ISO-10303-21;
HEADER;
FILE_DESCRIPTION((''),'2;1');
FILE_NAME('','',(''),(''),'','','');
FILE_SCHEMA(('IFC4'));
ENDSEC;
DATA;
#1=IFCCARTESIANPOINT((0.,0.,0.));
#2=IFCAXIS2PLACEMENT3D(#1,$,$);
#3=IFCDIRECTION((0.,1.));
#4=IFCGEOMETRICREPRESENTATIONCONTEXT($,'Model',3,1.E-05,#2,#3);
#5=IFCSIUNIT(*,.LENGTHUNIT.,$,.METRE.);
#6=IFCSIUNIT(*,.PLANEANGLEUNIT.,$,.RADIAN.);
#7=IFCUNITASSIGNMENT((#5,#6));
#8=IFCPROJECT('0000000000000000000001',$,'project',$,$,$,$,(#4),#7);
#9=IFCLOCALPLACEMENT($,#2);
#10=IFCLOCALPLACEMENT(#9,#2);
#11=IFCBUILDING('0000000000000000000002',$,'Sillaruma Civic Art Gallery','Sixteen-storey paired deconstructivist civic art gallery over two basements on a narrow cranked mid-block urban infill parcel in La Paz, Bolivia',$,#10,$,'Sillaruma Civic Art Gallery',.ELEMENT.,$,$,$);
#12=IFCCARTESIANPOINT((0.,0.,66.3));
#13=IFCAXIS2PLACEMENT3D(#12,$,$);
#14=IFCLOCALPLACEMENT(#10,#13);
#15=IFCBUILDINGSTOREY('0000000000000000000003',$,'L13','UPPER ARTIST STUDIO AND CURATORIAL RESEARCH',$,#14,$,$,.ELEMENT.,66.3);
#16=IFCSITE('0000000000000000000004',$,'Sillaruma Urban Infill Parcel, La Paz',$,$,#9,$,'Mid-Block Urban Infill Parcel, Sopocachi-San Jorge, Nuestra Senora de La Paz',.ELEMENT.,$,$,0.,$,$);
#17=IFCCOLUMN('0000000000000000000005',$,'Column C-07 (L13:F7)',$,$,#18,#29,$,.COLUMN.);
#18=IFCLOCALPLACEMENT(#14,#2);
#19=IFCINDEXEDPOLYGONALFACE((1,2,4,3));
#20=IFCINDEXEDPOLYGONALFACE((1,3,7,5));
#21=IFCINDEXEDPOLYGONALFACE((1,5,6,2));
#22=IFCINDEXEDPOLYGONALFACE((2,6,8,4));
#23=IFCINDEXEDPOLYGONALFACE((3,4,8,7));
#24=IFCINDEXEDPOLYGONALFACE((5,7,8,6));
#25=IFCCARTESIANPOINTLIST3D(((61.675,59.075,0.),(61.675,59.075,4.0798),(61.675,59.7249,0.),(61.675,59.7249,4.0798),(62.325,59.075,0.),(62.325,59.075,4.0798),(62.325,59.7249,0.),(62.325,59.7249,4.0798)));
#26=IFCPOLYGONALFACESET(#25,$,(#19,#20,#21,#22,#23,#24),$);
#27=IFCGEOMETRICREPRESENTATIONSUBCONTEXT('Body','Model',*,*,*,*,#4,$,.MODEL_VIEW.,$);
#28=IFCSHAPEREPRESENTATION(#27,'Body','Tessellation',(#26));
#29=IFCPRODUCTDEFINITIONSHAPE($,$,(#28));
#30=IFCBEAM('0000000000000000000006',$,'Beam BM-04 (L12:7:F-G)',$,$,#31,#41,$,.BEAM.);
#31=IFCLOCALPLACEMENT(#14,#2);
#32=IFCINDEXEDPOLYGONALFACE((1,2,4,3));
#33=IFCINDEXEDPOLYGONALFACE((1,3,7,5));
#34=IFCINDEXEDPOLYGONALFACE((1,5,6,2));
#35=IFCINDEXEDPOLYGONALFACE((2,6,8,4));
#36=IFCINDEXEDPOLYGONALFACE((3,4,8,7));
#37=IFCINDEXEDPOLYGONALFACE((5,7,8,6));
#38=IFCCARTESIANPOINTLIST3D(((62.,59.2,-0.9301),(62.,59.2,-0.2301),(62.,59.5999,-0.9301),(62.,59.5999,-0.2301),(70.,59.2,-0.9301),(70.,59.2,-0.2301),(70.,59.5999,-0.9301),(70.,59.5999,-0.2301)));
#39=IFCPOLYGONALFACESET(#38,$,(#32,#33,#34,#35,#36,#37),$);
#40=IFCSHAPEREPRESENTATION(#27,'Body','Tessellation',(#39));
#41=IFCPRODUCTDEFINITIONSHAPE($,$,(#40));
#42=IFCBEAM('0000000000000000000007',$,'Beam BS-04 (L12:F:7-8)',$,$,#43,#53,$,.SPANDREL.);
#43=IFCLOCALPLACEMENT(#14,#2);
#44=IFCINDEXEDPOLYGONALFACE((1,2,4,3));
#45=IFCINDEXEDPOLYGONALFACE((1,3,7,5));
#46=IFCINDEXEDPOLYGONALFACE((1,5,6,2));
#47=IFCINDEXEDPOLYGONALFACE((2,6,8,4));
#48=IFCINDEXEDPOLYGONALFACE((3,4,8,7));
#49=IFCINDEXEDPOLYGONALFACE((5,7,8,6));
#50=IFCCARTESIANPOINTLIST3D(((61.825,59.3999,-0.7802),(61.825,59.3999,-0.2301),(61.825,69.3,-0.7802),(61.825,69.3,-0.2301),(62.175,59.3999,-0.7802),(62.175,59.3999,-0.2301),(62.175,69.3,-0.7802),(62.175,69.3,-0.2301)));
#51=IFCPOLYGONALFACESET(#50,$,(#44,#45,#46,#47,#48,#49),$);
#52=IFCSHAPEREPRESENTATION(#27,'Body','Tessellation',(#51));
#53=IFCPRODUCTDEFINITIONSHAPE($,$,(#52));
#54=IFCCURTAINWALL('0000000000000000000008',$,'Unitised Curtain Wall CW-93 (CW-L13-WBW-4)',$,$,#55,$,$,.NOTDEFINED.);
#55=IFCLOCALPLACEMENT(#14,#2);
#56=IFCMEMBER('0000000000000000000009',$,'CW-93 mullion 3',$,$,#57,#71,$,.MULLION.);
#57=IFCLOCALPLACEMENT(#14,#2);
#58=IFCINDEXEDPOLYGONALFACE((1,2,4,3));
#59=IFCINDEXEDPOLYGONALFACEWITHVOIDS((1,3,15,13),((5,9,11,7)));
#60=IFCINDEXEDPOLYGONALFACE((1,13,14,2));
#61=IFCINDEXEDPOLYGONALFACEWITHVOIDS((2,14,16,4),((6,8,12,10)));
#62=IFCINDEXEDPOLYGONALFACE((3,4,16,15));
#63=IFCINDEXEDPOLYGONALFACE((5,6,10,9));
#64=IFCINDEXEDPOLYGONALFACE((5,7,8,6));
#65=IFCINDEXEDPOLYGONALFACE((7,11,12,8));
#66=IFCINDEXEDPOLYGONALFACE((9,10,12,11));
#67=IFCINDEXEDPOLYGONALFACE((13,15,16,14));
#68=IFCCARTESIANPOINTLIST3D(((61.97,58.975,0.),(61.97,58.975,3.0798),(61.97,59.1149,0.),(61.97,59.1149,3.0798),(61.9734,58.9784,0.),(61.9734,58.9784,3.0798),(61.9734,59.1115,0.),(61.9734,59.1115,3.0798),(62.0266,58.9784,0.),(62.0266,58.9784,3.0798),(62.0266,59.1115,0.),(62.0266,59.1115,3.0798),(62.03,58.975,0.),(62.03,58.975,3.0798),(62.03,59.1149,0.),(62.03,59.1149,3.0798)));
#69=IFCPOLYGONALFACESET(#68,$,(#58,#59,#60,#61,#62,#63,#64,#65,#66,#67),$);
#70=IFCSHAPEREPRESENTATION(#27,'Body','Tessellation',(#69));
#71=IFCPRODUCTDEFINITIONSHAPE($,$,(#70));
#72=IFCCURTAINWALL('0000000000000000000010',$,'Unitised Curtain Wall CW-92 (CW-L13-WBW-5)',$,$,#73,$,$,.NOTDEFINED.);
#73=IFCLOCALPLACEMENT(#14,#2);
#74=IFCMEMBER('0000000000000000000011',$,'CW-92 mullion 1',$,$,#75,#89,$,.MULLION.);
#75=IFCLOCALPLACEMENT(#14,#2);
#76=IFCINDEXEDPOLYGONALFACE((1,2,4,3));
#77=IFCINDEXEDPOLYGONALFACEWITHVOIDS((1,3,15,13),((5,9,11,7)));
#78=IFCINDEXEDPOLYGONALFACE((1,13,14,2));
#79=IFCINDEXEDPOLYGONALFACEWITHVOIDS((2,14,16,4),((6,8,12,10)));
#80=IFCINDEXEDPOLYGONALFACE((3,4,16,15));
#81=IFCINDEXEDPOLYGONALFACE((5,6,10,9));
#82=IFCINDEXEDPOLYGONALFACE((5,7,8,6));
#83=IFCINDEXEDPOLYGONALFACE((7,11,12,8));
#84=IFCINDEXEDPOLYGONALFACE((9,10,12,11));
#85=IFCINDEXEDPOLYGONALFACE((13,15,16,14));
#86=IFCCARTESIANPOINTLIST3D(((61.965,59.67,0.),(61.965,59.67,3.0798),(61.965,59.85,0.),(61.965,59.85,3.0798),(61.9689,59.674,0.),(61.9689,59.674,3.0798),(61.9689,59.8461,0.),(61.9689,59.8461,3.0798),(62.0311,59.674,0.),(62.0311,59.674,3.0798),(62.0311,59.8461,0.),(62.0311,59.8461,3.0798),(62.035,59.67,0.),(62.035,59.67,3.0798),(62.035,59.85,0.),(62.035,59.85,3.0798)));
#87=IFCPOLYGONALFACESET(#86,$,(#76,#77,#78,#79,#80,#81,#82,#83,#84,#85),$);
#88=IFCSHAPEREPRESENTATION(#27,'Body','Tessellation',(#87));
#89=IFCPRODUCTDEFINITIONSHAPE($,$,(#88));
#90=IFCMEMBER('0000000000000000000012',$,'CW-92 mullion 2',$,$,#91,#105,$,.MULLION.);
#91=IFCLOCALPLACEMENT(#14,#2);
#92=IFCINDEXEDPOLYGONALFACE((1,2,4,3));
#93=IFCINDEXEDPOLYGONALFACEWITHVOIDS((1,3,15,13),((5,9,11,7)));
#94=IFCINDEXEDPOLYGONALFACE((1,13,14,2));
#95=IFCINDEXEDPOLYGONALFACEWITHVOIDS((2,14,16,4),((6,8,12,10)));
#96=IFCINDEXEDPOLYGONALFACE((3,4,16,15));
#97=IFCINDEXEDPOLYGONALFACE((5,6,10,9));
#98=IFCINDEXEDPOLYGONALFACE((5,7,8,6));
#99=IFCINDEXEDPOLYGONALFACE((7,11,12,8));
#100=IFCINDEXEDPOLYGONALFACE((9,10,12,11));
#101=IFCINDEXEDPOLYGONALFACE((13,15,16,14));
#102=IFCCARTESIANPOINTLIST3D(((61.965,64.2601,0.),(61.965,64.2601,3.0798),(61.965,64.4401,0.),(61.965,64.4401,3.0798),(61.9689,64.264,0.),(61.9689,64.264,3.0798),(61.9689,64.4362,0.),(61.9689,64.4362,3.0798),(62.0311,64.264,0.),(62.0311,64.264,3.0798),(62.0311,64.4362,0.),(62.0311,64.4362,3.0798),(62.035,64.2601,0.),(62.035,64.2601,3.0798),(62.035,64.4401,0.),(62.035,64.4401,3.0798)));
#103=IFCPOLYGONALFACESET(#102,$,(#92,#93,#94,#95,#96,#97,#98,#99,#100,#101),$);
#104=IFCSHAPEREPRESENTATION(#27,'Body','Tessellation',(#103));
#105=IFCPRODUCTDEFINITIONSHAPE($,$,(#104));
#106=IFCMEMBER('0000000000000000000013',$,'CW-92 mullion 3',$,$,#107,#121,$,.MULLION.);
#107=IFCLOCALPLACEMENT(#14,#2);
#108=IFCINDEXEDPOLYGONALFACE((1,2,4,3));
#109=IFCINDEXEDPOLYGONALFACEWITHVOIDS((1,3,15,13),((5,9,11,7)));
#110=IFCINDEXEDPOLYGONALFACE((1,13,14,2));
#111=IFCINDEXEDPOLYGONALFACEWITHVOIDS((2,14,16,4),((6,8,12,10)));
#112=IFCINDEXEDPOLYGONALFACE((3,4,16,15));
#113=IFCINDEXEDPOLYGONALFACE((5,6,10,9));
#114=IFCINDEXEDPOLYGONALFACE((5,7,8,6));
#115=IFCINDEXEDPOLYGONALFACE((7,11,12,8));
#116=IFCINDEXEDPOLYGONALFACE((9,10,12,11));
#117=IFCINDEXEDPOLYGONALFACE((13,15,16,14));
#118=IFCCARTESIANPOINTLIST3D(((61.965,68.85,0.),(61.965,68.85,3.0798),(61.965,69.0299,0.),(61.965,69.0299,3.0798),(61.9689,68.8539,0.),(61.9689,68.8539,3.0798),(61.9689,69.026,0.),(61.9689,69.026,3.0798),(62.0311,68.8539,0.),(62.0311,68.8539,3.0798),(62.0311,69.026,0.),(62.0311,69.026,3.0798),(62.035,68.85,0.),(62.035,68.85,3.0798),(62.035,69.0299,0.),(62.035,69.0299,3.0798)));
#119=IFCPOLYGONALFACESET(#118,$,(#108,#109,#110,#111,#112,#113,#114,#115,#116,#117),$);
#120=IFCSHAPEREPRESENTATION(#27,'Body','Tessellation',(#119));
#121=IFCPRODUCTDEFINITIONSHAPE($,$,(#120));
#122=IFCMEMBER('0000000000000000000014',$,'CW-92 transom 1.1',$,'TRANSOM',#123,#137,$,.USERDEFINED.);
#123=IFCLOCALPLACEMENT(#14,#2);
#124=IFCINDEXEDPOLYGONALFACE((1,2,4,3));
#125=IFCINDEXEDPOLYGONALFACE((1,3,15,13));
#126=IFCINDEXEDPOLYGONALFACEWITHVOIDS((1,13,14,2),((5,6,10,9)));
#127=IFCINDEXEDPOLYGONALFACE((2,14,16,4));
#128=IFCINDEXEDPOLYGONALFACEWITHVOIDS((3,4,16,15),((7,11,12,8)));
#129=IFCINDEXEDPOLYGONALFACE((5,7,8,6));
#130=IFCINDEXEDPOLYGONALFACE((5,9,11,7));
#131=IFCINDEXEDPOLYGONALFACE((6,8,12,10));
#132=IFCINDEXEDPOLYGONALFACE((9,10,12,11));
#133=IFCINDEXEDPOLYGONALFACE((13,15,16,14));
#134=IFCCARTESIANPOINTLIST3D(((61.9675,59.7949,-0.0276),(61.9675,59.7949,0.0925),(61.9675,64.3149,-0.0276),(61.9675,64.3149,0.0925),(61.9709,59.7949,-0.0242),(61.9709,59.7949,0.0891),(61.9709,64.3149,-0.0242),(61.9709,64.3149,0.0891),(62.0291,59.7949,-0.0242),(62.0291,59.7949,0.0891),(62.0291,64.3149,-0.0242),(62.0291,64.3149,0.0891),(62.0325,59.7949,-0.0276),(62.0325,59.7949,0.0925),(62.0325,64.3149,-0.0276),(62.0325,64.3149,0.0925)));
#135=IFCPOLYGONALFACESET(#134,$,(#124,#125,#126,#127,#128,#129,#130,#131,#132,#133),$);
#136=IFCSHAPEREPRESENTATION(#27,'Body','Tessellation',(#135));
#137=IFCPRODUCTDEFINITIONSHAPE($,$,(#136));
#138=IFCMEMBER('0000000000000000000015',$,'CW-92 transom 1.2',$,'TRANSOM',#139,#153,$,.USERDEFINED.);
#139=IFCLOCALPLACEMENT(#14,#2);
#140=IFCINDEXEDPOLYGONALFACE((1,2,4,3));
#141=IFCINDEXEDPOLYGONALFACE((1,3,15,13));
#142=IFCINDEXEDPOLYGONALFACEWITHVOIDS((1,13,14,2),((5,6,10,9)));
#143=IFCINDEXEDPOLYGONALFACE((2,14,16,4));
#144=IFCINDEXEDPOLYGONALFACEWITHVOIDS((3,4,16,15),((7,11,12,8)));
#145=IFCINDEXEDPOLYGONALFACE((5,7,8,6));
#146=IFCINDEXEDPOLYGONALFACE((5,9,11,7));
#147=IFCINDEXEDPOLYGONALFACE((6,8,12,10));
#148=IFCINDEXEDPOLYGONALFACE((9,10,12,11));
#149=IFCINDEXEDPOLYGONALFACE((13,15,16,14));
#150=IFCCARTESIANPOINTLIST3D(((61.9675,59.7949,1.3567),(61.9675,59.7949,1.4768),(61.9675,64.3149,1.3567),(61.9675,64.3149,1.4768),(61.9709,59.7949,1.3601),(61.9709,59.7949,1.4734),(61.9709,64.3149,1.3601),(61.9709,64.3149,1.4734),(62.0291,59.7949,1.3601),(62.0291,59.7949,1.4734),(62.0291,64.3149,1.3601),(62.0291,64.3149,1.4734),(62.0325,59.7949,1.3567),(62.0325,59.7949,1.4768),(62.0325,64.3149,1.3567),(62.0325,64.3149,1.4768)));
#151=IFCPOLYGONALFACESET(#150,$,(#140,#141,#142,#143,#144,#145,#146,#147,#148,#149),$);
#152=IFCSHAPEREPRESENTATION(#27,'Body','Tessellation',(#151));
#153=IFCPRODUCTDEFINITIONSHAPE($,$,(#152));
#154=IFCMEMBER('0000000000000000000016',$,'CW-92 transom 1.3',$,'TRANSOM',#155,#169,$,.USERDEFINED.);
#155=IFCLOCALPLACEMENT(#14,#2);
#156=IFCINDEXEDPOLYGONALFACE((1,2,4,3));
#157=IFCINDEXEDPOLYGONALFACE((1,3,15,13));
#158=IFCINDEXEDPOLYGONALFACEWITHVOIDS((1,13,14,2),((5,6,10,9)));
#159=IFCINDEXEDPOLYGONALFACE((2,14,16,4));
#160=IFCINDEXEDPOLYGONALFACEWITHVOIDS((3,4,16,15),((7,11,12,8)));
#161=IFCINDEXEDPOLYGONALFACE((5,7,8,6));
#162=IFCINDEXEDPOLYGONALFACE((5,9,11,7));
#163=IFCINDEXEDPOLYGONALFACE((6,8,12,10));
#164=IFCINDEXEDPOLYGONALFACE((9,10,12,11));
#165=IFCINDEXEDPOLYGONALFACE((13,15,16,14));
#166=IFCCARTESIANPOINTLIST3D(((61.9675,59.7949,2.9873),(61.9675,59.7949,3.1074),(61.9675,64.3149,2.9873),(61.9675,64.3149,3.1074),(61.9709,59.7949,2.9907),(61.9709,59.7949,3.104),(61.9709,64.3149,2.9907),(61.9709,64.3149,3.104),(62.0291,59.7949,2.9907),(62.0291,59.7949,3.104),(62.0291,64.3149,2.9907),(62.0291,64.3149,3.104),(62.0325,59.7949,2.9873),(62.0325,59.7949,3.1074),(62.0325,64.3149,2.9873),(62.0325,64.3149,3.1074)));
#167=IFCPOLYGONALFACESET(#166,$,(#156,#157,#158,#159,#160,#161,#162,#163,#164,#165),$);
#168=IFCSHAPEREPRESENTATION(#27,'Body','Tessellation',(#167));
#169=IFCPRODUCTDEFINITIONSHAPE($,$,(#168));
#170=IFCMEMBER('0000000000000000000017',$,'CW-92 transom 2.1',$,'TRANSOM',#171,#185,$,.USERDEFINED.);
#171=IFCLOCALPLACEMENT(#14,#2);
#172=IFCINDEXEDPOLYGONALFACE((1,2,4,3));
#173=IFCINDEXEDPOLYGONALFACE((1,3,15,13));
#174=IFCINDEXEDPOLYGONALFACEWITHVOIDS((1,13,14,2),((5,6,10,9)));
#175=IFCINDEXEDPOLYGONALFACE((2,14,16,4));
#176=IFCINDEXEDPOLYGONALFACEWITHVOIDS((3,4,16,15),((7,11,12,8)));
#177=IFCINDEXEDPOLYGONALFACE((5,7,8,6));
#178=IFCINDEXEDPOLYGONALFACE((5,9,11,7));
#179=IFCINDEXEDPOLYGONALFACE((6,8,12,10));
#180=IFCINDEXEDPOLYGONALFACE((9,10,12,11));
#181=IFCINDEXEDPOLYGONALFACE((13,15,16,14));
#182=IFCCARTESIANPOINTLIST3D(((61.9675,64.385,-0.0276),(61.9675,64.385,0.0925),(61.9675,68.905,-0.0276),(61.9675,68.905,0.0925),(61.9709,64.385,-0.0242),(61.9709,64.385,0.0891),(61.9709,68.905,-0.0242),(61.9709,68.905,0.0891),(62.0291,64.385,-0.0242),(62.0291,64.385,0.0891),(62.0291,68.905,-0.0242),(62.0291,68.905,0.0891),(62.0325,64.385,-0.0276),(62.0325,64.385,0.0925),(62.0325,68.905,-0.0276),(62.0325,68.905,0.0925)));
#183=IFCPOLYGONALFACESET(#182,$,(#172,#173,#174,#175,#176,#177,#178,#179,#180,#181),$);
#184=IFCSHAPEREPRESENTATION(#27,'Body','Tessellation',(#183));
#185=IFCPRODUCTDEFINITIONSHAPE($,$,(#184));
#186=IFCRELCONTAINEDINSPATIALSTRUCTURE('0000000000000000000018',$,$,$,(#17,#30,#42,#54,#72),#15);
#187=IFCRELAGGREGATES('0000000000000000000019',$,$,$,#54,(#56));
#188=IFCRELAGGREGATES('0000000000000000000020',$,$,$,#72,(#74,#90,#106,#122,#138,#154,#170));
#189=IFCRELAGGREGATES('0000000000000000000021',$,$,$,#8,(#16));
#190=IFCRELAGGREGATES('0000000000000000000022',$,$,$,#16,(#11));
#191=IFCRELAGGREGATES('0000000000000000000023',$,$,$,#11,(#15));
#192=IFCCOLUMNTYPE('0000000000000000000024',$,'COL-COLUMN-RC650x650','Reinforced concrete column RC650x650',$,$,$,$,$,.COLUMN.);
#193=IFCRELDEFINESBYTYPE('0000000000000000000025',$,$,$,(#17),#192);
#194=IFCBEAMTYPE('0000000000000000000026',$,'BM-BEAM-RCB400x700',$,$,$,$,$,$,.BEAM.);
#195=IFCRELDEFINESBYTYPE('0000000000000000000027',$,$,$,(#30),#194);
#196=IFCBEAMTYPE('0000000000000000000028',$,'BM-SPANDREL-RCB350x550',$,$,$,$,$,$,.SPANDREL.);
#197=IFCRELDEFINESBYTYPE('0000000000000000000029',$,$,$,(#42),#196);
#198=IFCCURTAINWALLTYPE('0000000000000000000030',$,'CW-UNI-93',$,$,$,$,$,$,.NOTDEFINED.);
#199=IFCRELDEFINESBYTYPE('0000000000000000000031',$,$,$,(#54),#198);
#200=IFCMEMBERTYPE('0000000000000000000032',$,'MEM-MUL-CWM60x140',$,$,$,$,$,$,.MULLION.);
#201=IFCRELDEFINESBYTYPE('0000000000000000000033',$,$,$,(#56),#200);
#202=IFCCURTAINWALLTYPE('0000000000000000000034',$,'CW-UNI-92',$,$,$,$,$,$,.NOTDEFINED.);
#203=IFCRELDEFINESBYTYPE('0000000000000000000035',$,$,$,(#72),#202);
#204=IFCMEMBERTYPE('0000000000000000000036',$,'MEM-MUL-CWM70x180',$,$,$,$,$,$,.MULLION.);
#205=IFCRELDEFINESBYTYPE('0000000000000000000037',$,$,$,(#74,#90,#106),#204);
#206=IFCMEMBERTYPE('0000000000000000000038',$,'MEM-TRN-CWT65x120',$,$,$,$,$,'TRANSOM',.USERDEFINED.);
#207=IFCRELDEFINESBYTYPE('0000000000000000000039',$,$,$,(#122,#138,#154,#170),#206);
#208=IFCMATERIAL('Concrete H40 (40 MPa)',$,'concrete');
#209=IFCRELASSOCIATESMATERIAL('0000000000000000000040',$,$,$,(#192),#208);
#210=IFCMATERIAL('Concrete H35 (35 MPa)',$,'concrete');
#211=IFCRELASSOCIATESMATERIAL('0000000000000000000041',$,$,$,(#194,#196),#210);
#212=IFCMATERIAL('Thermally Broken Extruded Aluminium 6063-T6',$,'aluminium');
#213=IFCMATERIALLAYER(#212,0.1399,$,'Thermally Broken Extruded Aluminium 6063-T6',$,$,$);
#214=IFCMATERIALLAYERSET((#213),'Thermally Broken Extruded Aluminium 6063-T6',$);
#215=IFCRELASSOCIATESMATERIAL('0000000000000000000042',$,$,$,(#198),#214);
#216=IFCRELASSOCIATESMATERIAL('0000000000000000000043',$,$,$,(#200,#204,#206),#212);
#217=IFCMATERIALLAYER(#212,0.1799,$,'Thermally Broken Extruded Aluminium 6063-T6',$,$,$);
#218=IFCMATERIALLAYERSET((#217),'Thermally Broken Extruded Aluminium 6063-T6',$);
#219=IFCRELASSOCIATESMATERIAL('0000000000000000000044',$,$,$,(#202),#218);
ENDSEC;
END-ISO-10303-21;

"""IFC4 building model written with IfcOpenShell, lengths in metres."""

from ifc_helpers import new_model, si_unit, direction, frame, origin, origin_2d, place, context, subcontext, project, spatial, rectangle, hollow_rectangle, extrude, material, layer, layer_set, material_profile, profile_set, type_object, element, aggregate, save


model = new_model("IFC4")

# Units and contexts
model_context = context("Model", 3, precision=1e-05, world=origin(), true_north=direction((0.0, 1.0)))
body_context = subcontext(model_context, "Body", "Model", "MODEL_VIEW")
ifc_project = project(units=[si_unit("LENGTHUNIT", "METRE"), si_unit("PLANEANGLEUNIT", "RADIAN")], contexts=[model_context])

# Site, building, storey
site_placement = place(None, origin())
site = spatial("IfcSite", under=ifc_project, at=site_placement, Name="Sillaruma Urban Infill Parcel, La Paz", LongName="Mid-Block Urban Infill Parcel, Sopocachi-San Jorge, Nuestra Senora de La Paz", CompositionType="ELEMENT", RefElevation=0.0)
building_placement = place(site_placement, origin())
building = spatial("IfcBuilding", under=site, at=building_placement, Name="Sillaruma Civic Art Gallery", Description="Sixteen-storey paired deconstructivist civic art gallery over two basements on a narrow cranked mid-block urban infill parcel in La Paz, Bolivia", LongName="Sillaruma Civic Art Gallery", CompositionType="ELEMENT")
storey_placement = place(building_placement, frame((0.0, 0.0, 66.3)))
storey = spatial("IfcBuildingStorey", under=building, at=storey_placement, Name="L13", Description="UPPER ARTIST STUDIO AND CURATORIAL RESEARCH", CompositionType="ELEMENT", Elevation=66.3)

# Column
ifc_material_1 = material(Name="Concrete H40 (40 MPa)", Category="concrete")
ifc_material_profile_1 = material_profile(ifc_material_1, rectangle(XDim=0.6499, YDim=0.6499, at=origin_2d()), Name="RC650x650")
ifc_profile_set_1 = profile_set([ifc_material_profile_1], Name="Concrete H40 (40 MPa)")
column_type = type_object("IfcColumnType", Name="COL-COLUMN-RC650x650", Description="Reinforced concrete column RC650x650", PredefinedType="COLUMN", material=ifc_profile_set_1)
column_placement = place(storey_placement, frame((62.0, 59.3999, 0.0), z_axis=(0.0, 0.0, 1.0), x_axis=(1.0, 0.0, 0.0)))
element("IfcColumn", 1, at=column_placement, inside=storey, type_object=column_type, Name="Column C-07 (L13:F7)", PredefinedType="COLUMN", context=body_context, shape_type="SweptSolid", body=[
    extrude(rectangle(XDim=0.6499, YDim=0.6499, at=origin_2d()), origin(), (0.0, 0.0, 1.0), 4.0798),
])

# Beams
ifc_material_2 = material(Name="Concrete H35 (35 MPa)", Category="concrete")
ifc_material_profile_2 = material_profile(ifc_material_2, rectangle(XDim=0.3999, YDim=0.7, at=origin_2d()), Name="RCB400x700")
ifc_profile_set_2 = profile_set([ifc_material_profile_2], Name="Concrete H35 (35 MPa)")
beam_type_1 = type_object("IfcBeamType", Name="BM-BEAM-RCB400x700", PredefinedType="BEAM", material=ifc_profile_set_2)
beam_1_placement = place(storey_placement, frame((62.0, 59.3999, -0.5801), z_axis=(1.0, 0.0, 0.0), x_axis=(0.0, 1.0, 0.0)))
element("IfcBeam", 2, at=beam_1_placement, inside=storey, type_object=beam_type_1, Name="Beam BM-04 (L12:7:F-G)", PredefinedType="BEAM", context=body_context, shape_type="SweptSolid", body=[
    extrude(rectangle(XDim=0.3999, YDim=0.7, at=origin_2d()), origin(), (0.0, 0.0, 1.0), 8.0),
])
ifc_material_profile_3 = material_profile(ifc_material_2, rectangle(XDim=0.3501, YDim=0.55, at=origin_2d()), Name="RCB350x550")
ifc_profile_set_3 = profile_set([ifc_material_profile_3], Name="Concrete H35 (35 MPa)")
beam_type_2 = type_object("IfcBeamType", Name="BM-SPANDREL-RCB350x550", PredefinedType="SPANDREL", material=ifc_profile_set_3)
beam_2_placement = place(storey_placement, frame((62.0, 59.3999, -0.5051), z_axis=(0.0, 1.0, 0.0), x_axis=(-1.0, 0.0, 0.0)))
element("IfcBeam", 3, at=beam_2_placement, inside=storey, type_object=beam_type_2, Name="Beam BS-04 (L12:F:7-8)", PredefinedType="SPANDREL", context=body_context, shape_type="SweptSolid", body=[
    extrude(rectangle(XDim=0.3501, YDim=0.55, at=origin_2d()), origin(), (0.0, 0.0, 1.0), 9.9001),
])

# Curtain wall, member
ifc_material_3 = material(Name="Thermally Broken Extruded Aluminium 6063-T6", Category="aluminium")
ifc_layer_1 = layer(ifc_material_3, 0.1399, Name="Thermally Broken Extruded Aluminium 6063-T6")
ifc_layer_set_1 = layer_set([ifc_layer_1], Name="Thermally Broken Extruded Aluminium 6063-T6")
curtain_wall_type_1 = type_object("IfcCurtainWallType", Name="CW-UNI-93", PredefinedType="NOTDEFINED", material=ifc_layer_set_1)
curtain_wall_1_placement = place(storey_placement, origin())
curtain_wall_1 = element("IfcCurtainWall", 4, at=curtain_wall_1_placement, inside=storey, type_object=curtain_wall_type_1, Name="Unitised Curtain Wall CW-93 (CW-L13-WBW-4)", PredefinedType="NOTDEFINED")
ifc_material_profile_4 = material_profile(ifc_material_3, hollow_rectangle(XDim=0.0601, YDim=0.1399, WallThickness=0.0034, at=origin_2d()), Name="CWM60x140")
ifc_profile_set_4 = profile_set([ifc_material_profile_4], Name="Thermally Broken Extruded Aluminium 6063-T6")
member_type_1 = type_object("IfcMemberType", Name="MEM-MUL-CWM60x140", PredefinedType="MULLION", material=ifc_profile_set_4)
member_1_placement = place(storey_placement, frame((62.0, 59.0449, 0.0), z_axis=(0.0, 0.0, 1.0), x_axis=(-1.0, 0.0, 0.0)))
member_1 = element("IfcMember", 5, at=member_1_placement, type_object=member_type_1, Name="CW-93 mullion 3", PredefinedType="MULLION", context=body_context, shape_type="SweptSolid", body=[
    extrude(hollow_rectangle(XDim=0.0601, YDim=0.1399, WallThickness=0.0034, at=origin_2d()), origin(), (0.0, 0.0, 1.0), 3.0798),
])
aggregate(curtain_wall_1, [member_1])

# Curtain wall, members
ifc_layer_2 = layer(ifc_material_3, 0.1799, Name="Thermally Broken Extruded Aluminium 6063-T6")
ifc_layer_set_2 = layer_set([ifc_layer_2], Name="Thermally Broken Extruded Aluminium 6063-T6")
curtain_wall_type_2 = type_object("IfcCurtainWallType", Name="CW-UNI-92", PredefinedType="NOTDEFINED", material=ifc_layer_set_2)
curtain_wall_2_placement = place(storey_placement, origin())
curtain_wall_2 = element("IfcCurtainWall", 6, at=curtain_wall_2_placement, inside=storey, type_object=curtain_wall_type_2, Name="Unitised Curtain Wall CW-92 (CW-L13-WBW-5)", PredefinedType="NOTDEFINED")
ifc_material_profile_5 = material_profile(ifc_material_3, hollow_rectangle(XDim=0.0701, YDim=0.1799, WallThickness=0.0039, at=origin_2d()), Name="CWM70x180")
ifc_profile_set_5 = profile_set([ifc_material_profile_5], Name="Thermally Broken Extruded Aluminium 6063-T6")
member_type_2 = type_object("IfcMemberType", Name="MEM-MUL-CWM70x180", PredefinedType="MULLION", material=ifc_profile_set_5)
member_2_placement = place(storey_placement, frame((62.0, 59.76, 0.0), z_axis=(0.0, 0.0, 1.0), x_axis=(-1.0, 0.0, 0.0)))
member_2 = element("IfcMember", 7, at=member_2_placement, type_object=member_type_2, Name="CW-92 mullion 1", PredefinedType="MULLION", context=body_context, shape_type="SweptSolid", body=[
    extrude(hollow_rectangle(XDim=0.0701, YDim=0.1799, WallThickness=0.0039, at=origin_2d()), origin(), (0.0, 0.0, 1.0), 3.0798),
])
member_3_placement = place(storey_placement, frame((62.0, 64.3501, 0.0), z_axis=(0.0, 0.0, 1.0), x_axis=(-1.0, 0.0, 0.0)))
member_3 = element("IfcMember", 8, at=member_3_placement, type_object=member_type_2, Name="CW-92 mullion 2", PredefinedType="MULLION", context=body_context, shape_type="SweptSolid", body=[
    extrude(hollow_rectangle(XDim=0.0701, YDim=0.1799, WallThickness=0.0039, at=origin_2d()), origin(), (0.0, 0.0, 1.0), 3.0798),
])
member_4_placement = place(storey_placement, frame((62.0, 68.9399, 0.0), z_axis=(0.0, 0.0, 1.0), x_axis=(-1.0, 0.0, 0.0)))
member_4 = element("IfcMember", 9, at=member_4_placement, type_object=member_type_2, Name="CW-92 mullion 3", PredefinedType="MULLION", context=body_context, shape_type="SweptSolid", body=[
    extrude(hollow_rectangle(XDim=0.0701, YDim=0.1799, WallThickness=0.0039, at=origin_2d()), origin(), (0.0, 0.0, 1.0), 3.0798),
])
ifc_material_profile_6 = material_profile(ifc_material_3, hollow_rectangle(XDim=0.0649, YDim=0.1201, WallThickness=0.0034, at=origin_2d()), Name="CWT65x120")
ifc_profile_set_6 = profile_set([ifc_material_profile_6], Name="Thermally Broken Extruded Aluminium 6063-T6")
member_type_3 = type_object("IfcMemberType", Name="MEM-TRN-CWT65x120", ElementType="TRANSOM", PredefinedType="USERDEFINED", material=ifc_profile_set_6)
member_5_placement = place(storey_placement, frame((62.0, 59.7949, 0.0325), z_axis=(0.0, 1.0, 0.0), x_axis=(-1.0, 0.0, 0.0)))
member_5 = element("IfcMember", 10, at=member_5_placement, type_object=member_type_3, Name="CW-92 transom 1.1", ObjectType="TRANSOM", PredefinedType="USERDEFINED", context=body_context, shape_type="SweptSolid", body=[
    extrude(hollow_rectangle(XDim=0.0649, YDim=0.1201, WallThickness=0.0034, at=origin_2d()), origin(), (0.0, 0.0, 1.0), 4.52),
])
member_6_placement = place(storey_placement, frame((62.0, 59.7949, 1.4167), z_axis=(0.0, 1.0, 0.0), x_axis=(-1.0, 0.0, 0.0)))
member_6 = element("IfcMember", 11, at=member_6_placement, type_object=member_type_3, Name="CW-92 transom 1.2", ObjectType="TRANSOM", PredefinedType="USERDEFINED", context=body_context, shape_type="SweptSolid", body=[
    extrude(hollow_rectangle(XDim=0.0649, YDim=0.1201, WallThickness=0.0034, at=origin_2d()), origin(), (0.0, 0.0, 1.0), 4.52),
])
member_7_placement = place(storey_placement, frame((62.0, 59.7949, 3.0474), z_axis=(0.0, 1.0, 0.0), x_axis=(-1.0, 0.0, 0.0)))
member_7 = element("IfcMember", 12, at=member_7_placement, type_object=member_type_3, Name="CW-92 transom 1.3", ObjectType="TRANSOM", PredefinedType="USERDEFINED", context=body_context, shape_type="SweptSolid", body=[
    extrude(hollow_rectangle(XDim=0.0649, YDim=0.1201, WallThickness=0.0034, at=origin_2d()), origin(), (0.0, 0.0, 1.0), 4.52),
])
member_8_placement = place(storey_placement, frame((62.0, 64.385, 0.0325), z_axis=(0.0, 1.0, 0.0), x_axis=(-1.0, 0.0, 0.0)))
member_8 = element("IfcMember", 13, at=member_8_placement, type_object=member_type_3, Name="CW-92 transom 2.1", ObjectType="TRANSOM", PredefinedType="USERDEFINED", context=body_context, shape_type="SweptSolid", body=[
    extrude(hollow_rectangle(XDim=0.0649, YDim=0.1201, WallThickness=0.0034, at=origin_2d()), origin(), (0.0, 0.0, 1.0), 4.52),
])
aggregate(curtain_wall_2, [member_2, member_3, member_4, member_5, member_6, member_7, member_8])

save(model, "model.ifc")
